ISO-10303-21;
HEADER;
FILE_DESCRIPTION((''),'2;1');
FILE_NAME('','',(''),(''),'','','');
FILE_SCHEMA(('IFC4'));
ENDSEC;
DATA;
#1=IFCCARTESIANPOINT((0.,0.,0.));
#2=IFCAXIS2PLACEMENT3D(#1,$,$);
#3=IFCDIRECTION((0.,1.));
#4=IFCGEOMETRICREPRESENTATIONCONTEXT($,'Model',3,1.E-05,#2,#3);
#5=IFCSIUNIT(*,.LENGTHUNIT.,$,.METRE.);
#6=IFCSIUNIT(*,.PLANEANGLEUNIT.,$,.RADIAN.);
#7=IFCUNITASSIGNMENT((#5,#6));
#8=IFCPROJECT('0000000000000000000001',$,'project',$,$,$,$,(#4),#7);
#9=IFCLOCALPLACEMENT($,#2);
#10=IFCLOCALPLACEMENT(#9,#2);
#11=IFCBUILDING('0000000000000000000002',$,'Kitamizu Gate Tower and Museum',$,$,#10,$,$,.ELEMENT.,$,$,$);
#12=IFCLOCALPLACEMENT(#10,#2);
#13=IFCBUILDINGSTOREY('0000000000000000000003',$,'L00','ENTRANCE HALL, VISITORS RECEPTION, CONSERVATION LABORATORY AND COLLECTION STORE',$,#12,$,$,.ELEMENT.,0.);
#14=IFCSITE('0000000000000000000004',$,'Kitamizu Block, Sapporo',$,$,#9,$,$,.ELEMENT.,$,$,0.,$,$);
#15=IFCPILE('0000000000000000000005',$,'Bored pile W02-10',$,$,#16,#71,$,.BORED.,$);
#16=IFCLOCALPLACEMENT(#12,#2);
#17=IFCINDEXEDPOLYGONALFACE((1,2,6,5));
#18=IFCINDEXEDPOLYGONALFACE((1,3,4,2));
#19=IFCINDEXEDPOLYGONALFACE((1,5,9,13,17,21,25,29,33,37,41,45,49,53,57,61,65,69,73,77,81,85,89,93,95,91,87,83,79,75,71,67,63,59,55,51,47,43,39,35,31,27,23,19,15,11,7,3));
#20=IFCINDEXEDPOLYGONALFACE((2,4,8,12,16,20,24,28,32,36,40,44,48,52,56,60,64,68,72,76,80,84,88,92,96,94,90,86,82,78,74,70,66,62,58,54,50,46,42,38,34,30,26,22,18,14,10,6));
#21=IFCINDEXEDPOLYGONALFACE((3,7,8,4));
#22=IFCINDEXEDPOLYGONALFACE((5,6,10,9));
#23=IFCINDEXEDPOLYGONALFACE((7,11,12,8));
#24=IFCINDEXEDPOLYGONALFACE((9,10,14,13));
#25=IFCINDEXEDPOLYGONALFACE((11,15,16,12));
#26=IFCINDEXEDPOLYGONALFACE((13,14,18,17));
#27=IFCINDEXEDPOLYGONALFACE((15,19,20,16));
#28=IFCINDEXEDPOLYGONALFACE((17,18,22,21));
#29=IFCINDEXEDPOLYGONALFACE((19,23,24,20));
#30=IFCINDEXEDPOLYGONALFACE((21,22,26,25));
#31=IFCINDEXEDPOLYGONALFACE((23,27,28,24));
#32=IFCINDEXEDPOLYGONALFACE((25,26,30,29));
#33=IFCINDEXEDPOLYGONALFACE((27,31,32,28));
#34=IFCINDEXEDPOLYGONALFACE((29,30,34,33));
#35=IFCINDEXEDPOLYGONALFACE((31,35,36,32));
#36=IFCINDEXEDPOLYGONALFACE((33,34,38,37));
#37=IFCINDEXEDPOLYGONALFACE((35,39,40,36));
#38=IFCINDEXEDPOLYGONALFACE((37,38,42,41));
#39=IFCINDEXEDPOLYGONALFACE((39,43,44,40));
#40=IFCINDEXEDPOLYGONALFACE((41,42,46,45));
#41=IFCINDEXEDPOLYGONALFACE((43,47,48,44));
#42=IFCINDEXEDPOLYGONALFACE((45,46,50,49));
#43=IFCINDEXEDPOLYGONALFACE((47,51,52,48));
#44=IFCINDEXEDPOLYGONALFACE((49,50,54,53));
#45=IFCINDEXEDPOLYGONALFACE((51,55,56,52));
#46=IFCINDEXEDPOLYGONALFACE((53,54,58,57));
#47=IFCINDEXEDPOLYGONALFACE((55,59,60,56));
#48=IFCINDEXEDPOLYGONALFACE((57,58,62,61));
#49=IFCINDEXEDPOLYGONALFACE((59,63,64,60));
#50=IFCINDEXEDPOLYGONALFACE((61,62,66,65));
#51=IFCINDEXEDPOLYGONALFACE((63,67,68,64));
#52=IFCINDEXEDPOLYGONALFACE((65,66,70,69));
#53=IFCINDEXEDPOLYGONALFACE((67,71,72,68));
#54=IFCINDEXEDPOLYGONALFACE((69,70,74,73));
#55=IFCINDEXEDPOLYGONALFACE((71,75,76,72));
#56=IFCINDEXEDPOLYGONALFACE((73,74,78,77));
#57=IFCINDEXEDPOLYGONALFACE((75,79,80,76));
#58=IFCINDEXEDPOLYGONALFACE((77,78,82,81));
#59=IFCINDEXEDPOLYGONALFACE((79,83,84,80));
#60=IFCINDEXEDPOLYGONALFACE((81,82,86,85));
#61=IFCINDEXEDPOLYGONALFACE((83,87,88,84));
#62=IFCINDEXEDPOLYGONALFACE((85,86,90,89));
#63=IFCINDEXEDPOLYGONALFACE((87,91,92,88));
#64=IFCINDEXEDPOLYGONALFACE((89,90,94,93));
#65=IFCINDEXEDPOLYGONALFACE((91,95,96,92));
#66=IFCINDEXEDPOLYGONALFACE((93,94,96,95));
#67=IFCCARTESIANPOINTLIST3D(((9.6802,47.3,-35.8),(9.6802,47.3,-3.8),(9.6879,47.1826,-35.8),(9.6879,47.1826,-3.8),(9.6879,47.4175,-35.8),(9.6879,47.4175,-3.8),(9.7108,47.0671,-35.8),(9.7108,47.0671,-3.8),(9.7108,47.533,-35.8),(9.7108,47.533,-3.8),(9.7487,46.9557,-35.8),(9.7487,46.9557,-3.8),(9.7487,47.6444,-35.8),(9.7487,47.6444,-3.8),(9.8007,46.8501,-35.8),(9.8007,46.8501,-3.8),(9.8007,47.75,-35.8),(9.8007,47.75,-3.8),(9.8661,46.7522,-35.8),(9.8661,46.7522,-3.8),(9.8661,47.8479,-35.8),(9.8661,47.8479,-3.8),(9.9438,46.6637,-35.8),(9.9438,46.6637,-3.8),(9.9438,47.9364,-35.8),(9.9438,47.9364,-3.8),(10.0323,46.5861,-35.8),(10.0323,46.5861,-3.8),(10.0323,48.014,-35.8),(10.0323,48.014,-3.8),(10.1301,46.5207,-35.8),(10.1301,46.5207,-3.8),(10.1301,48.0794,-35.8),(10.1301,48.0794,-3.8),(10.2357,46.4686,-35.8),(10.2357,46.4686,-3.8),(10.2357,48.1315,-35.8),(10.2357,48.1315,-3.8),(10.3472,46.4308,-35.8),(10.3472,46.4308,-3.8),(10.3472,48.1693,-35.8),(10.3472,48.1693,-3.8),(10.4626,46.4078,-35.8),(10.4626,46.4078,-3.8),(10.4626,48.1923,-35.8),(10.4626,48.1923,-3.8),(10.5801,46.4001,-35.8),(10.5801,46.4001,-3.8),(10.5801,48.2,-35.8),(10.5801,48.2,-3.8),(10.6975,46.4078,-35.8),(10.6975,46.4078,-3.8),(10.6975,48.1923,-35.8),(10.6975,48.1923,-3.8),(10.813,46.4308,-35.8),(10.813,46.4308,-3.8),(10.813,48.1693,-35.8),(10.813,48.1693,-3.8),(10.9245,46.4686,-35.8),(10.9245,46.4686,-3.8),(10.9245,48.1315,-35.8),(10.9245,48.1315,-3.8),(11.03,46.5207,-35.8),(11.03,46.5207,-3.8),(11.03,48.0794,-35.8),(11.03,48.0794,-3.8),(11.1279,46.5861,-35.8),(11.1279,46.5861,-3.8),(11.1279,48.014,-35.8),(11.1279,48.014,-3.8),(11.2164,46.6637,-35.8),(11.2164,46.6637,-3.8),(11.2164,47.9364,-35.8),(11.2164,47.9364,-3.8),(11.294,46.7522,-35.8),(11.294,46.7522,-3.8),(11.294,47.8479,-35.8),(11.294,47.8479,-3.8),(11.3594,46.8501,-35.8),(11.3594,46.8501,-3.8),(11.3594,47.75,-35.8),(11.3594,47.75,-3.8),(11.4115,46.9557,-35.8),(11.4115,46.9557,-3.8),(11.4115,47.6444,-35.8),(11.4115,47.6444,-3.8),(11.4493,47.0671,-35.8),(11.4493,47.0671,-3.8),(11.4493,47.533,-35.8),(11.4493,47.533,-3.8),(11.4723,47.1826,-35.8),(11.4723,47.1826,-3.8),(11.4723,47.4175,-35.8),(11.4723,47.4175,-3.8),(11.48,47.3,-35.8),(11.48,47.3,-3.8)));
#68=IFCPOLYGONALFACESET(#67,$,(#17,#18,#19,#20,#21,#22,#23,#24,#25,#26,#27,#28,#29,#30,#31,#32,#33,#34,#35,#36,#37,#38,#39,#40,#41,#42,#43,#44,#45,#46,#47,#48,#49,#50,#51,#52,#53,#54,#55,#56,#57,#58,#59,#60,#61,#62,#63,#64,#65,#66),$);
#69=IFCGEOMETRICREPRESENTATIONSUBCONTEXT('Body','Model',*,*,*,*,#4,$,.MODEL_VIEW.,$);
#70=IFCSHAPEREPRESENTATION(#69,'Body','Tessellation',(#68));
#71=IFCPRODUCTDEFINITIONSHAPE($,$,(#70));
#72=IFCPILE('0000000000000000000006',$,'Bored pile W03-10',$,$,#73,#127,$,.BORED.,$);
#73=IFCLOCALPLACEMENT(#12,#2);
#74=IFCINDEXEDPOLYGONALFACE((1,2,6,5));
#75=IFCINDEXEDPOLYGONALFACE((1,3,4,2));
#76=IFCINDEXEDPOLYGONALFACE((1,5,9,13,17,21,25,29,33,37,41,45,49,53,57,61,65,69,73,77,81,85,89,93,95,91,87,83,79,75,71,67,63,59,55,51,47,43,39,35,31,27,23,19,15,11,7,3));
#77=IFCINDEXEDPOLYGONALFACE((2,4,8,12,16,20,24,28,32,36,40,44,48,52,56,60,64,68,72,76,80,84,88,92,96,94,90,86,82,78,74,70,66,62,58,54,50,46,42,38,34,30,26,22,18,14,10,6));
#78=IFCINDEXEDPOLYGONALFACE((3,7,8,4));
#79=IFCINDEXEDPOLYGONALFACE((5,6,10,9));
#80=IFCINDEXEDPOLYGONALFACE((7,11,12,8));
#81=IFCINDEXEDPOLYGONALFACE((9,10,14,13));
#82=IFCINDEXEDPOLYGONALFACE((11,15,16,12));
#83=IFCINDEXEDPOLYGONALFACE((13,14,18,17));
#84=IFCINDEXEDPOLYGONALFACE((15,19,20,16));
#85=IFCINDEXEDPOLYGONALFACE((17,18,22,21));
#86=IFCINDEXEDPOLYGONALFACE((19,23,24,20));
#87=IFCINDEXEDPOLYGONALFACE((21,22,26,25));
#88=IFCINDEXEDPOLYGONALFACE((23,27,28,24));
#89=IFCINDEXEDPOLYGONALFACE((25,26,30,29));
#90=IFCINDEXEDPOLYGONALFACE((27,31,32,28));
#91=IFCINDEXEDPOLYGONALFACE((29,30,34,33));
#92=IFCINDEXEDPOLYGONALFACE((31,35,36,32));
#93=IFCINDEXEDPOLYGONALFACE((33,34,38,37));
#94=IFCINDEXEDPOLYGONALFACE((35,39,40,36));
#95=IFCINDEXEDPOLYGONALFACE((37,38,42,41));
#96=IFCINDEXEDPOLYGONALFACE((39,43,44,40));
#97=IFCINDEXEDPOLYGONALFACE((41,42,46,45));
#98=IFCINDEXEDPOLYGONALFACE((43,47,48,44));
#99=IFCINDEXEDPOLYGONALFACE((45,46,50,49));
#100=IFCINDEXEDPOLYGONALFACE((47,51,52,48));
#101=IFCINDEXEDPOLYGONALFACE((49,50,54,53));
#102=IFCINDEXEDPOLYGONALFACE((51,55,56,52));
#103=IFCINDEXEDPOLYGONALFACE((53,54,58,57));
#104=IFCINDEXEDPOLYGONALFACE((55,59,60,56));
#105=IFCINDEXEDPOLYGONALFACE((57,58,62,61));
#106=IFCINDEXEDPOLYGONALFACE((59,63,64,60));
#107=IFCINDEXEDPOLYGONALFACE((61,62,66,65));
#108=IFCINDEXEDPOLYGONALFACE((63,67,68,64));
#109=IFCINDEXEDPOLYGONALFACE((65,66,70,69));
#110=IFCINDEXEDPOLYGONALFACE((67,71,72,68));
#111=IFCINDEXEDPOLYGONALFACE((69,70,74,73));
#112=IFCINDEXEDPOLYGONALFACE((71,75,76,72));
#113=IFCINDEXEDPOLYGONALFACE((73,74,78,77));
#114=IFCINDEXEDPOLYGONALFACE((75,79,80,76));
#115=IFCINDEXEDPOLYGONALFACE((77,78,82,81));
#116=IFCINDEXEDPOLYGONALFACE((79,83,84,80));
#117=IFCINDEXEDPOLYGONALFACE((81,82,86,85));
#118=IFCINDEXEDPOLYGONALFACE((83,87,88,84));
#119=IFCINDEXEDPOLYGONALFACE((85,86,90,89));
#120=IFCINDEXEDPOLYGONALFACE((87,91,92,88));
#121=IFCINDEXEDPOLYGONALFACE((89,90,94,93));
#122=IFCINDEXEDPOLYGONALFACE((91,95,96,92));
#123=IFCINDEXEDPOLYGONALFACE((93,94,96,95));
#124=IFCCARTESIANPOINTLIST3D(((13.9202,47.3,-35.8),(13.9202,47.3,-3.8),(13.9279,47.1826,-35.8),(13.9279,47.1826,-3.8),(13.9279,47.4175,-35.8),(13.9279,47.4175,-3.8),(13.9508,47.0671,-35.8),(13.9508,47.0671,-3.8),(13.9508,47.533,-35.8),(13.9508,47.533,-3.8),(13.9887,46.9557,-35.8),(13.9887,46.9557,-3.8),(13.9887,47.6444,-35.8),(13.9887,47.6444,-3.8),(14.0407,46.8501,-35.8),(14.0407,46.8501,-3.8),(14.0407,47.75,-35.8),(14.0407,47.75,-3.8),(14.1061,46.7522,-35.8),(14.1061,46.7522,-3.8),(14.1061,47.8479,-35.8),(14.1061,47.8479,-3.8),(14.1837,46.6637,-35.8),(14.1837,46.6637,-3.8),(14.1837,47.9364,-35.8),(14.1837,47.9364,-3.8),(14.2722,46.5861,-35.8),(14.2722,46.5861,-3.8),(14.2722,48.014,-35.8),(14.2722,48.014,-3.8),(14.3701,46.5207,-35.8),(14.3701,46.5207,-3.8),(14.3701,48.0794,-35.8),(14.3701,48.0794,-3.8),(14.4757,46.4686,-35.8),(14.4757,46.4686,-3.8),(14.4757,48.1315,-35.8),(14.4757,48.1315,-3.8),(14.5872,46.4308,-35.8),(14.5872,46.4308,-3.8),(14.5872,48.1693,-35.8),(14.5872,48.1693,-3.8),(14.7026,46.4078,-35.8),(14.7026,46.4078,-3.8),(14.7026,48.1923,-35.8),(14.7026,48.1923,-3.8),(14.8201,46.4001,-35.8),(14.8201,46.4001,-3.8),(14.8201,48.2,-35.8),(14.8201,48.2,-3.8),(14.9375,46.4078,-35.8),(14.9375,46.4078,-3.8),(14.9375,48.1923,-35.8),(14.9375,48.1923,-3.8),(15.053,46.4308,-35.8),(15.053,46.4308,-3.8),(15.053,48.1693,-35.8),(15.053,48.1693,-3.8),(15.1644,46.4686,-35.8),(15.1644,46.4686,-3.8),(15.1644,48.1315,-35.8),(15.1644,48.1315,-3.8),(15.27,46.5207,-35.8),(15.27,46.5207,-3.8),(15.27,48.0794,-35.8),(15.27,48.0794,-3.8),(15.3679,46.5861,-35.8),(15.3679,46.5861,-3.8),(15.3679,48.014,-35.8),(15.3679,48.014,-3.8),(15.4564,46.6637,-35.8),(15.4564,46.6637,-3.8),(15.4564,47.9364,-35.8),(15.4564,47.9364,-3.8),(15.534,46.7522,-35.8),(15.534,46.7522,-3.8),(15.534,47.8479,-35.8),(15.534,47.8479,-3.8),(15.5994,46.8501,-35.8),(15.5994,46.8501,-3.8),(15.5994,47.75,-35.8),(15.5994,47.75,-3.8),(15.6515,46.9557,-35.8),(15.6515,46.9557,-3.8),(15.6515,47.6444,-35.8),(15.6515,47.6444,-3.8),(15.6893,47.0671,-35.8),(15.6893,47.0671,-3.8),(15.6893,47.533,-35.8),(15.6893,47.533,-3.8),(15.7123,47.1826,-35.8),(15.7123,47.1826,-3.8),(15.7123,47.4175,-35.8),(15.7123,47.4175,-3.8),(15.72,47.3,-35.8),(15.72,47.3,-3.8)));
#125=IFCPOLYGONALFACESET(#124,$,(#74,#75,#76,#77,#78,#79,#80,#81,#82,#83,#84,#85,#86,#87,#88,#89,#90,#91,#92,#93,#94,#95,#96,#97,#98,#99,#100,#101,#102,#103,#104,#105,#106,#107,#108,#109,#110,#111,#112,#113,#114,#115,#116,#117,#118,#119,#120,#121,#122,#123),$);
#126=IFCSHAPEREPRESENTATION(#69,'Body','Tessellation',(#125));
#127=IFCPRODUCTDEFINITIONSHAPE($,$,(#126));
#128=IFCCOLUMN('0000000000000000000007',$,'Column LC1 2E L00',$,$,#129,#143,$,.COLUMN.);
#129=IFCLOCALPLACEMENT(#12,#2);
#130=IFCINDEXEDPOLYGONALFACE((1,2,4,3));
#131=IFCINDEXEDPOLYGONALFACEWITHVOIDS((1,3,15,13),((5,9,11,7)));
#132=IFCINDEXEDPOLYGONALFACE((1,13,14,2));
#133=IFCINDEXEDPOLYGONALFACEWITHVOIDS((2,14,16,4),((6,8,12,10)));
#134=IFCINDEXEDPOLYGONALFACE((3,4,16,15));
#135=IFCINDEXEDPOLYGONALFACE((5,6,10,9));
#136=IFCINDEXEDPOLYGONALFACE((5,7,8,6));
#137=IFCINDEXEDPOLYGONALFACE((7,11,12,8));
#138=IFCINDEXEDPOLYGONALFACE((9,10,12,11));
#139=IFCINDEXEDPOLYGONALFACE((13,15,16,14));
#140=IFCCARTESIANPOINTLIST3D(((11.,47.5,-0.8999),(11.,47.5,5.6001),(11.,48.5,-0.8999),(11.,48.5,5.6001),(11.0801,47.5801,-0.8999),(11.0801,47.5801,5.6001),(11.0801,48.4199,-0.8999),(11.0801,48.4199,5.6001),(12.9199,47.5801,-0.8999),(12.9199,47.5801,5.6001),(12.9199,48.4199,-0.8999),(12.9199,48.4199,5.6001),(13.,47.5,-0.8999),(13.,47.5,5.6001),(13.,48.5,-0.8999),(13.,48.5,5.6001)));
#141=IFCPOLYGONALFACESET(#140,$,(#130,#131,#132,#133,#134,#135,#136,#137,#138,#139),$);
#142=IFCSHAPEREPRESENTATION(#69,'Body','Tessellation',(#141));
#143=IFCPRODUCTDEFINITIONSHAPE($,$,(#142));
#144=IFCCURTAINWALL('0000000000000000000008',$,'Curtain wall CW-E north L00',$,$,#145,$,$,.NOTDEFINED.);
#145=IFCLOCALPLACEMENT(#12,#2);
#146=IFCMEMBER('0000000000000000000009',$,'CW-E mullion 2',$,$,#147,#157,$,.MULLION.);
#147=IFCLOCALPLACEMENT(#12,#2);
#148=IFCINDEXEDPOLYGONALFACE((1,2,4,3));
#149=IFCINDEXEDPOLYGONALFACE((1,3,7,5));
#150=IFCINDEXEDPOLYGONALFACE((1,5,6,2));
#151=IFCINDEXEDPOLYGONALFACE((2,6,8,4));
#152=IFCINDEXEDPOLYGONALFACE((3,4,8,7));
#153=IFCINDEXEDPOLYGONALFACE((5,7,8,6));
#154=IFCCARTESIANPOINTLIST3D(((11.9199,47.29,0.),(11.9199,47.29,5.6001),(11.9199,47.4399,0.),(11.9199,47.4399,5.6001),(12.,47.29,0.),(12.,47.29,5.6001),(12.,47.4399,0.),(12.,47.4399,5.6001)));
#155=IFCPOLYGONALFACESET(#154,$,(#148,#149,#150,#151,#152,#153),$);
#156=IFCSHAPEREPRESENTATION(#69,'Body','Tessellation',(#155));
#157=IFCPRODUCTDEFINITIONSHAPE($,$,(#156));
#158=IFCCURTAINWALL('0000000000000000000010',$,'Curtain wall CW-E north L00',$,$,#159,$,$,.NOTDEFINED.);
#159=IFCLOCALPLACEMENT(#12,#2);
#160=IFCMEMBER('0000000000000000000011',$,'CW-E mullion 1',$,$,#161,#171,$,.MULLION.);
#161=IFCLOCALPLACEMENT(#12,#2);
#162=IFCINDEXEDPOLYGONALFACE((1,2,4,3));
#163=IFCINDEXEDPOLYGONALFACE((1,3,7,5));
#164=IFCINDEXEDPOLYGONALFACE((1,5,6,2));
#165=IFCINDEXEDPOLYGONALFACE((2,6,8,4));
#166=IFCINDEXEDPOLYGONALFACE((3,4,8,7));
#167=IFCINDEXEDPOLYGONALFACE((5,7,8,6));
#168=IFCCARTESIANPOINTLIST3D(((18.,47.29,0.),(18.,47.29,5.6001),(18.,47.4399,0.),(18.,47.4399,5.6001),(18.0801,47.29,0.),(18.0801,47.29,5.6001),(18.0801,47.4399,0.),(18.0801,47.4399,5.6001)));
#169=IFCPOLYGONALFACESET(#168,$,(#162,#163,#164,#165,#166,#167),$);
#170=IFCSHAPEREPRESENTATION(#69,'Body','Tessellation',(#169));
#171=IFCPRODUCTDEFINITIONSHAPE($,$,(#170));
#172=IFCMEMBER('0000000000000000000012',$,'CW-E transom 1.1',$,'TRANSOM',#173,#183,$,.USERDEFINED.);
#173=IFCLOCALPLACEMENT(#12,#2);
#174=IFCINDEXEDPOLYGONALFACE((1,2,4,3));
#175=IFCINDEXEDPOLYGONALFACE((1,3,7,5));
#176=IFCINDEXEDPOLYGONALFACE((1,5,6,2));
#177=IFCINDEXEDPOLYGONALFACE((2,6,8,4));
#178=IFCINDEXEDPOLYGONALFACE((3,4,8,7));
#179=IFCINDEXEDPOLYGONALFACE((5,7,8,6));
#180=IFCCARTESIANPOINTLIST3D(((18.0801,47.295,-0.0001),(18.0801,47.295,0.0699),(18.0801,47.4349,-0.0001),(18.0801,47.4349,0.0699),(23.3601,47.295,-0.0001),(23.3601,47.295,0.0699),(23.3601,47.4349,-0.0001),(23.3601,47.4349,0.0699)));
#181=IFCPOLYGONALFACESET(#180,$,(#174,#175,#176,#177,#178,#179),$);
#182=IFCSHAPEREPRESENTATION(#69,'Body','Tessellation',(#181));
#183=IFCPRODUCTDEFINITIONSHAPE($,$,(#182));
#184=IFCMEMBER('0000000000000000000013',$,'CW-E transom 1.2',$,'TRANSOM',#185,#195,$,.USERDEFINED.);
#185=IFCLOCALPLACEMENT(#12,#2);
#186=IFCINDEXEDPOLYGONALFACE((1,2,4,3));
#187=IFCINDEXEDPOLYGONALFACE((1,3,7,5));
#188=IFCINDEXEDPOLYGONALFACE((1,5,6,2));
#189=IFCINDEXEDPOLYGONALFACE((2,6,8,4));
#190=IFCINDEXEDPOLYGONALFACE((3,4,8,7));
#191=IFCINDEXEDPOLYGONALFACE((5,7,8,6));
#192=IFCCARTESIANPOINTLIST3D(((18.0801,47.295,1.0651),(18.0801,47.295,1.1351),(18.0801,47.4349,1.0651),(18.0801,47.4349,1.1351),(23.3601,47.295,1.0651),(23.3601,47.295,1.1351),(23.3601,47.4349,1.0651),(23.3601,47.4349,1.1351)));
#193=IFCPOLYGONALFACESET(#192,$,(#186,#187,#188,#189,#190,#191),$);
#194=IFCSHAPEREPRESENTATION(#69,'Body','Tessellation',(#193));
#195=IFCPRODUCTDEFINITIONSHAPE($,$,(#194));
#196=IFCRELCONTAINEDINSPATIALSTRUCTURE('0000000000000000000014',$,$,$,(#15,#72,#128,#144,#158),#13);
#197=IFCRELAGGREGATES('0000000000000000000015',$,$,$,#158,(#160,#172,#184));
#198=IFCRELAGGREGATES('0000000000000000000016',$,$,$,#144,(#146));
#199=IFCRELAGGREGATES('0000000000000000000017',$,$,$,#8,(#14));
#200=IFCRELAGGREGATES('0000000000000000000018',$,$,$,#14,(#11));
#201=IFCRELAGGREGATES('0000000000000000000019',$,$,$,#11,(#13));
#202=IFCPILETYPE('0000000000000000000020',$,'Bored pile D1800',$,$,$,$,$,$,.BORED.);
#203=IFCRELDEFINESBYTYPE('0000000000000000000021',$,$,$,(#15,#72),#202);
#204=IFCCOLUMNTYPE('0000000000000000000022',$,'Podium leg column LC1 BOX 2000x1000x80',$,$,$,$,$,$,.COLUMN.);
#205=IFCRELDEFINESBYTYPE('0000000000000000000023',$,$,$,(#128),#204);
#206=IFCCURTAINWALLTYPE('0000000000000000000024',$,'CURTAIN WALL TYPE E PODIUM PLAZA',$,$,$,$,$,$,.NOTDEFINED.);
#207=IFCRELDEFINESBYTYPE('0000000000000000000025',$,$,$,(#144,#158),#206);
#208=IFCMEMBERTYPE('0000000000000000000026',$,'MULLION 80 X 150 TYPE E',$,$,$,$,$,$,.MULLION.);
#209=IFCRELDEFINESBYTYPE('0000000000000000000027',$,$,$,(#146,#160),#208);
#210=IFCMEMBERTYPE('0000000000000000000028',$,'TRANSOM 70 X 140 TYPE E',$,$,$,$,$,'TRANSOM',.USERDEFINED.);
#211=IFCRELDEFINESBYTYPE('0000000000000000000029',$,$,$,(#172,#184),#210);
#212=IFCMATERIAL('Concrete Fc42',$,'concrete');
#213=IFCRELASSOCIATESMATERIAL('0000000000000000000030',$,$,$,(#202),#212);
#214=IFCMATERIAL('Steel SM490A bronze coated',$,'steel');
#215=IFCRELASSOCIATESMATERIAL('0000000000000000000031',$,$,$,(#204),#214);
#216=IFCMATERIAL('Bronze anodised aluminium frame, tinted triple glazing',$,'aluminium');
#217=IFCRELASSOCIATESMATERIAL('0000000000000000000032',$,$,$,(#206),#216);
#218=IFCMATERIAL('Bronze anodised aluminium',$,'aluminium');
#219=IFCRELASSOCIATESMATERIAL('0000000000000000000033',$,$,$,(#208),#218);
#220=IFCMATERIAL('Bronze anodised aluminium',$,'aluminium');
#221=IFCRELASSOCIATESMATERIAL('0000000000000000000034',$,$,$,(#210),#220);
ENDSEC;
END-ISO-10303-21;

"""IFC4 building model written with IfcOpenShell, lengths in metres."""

from ifc_helpers import new_model, si_unit, direction, frame, origin, origin_2d, place, context, subcontext, project, spatial, rectangle, hollow_rectangle, circle, extrude, material, material_profile, profile_set, type_object, element, aggregate, save


model = new_model("IFC4")

# Units and contexts
model_context = context("Model", 3, precision=1e-05, world=origin(), true_north=direction((0.0, 1.0)))
body_context = subcontext(model_context, "Body", "Model", "MODEL_VIEW")
ifc_project = project(units=[si_unit("LENGTHUNIT", "METRE"), si_unit("PLANEANGLEUNIT", "RADIAN")], contexts=[model_context])

# Site, building, storey
site_placement = place(None, origin())
site = spatial("IfcSite", under=ifc_project, at=site_placement, Name="Kitamizu Block, Sapporo", CompositionType="ELEMENT", RefElevation=0.0)
building_placement = place(site_placement, origin())
building = spatial("IfcBuilding", under=site, at=building_placement, Name="Kitamizu Gate Tower and Museum", CompositionType="ELEMENT")
storey_placement = place(building_placement, origin())
storey = spatial("IfcBuildingStorey", under=building, at=storey_placement, Name="L00", Description="ENTRANCE HALL, VISITORS RECEPTION, CONSERVATION LABORATORY AND COLLECTION STORE", CompositionType="ELEMENT", Elevation=0.0)

# Piles
ifc_material_1 = material(Name="Concrete Fc42", Category="concrete")
ifc_material_profile_1 = material_profile(ifc_material_1, circle(Radius=0.8999, at=origin_2d()), Name="Bored pile D1800")
ifc_profile_set_1 = profile_set([ifc_material_profile_1], Name="Concrete Fc42")
pile_type = type_object("IfcPileType", Name="Bored pile D1800", PredefinedType="BORED", material=ifc_profile_set_1)
for number, where, z_axis, x_axis, name in (
    (1, (10.5801, 47.3, -3.8), (0.0, 0.0, -1.0), (1.0, 0.0, 0.0), "Bored pile W02-10"),
    (2, (14.8201, 47.3, -3.8), (0.0, 0.0, -1.0), (1.0, 0.0, 0.0), "Bored pile W03-10"),
):
    element("IfcPile", number, at=place(storey_placement, frame(where, z_axis=z_axis, x_axis=x_axis)), inside=storey, type_object=pile_type, Name=name, PredefinedType="BORED", context=body_context, shape_type="SweptSolid", body=[
        extrude(circle(Radius=0.8999, at=origin_2d()), origin(), (0.0, 0.0, 1.0), 32.0),
    ])

# Column
ifc_material_2 = material(Name="Steel SM490A bronze coated", Category="steel")
ifc_material_profile_2 = material_profile(ifc_material_2, hollow_rectangle(XDim=2.0, YDim=1.0, WallThickness=0.0801, at=origin_2d()), Name="BOX 2000x1000x80")
ifc_profile_set_2 = profile_set([ifc_material_profile_2], Name="Steel SM490A bronze coated")
column_type = type_object("IfcColumnType", Name="Podium leg column LC1 BOX 2000x1000x80", PredefinedType="COLUMN", material=ifc_profile_set_2)
column_placement = place(storey_placement, frame((12.0, 48.0, -0.8999), z_axis=(0.0, 0.0, 1.0), x_axis=(1.0, 0.0, 0.0)))
element("IfcColumn", 3, at=column_placement, inside=storey, type_object=column_type, Name="Column LC1 2E L00", PredefinedType="COLUMN", context=body_context, shape_type="SweptSolid", body=[
    extrude(hollow_rectangle(XDim=2.0, YDim=1.0, WallThickness=0.0801, at=origin_2d()), origin(), (0.0, 0.0, 1.0), 6.5),
])

# Curtain wall, member
ifc_material_3 = material(Name="Bronze anodised aluminium frame, tinted triple glazing", Category="aluminium")
curtain_wall_type = type_object("IfcCurtainWallType", Name="CURTAIN WALL TYPE E PODIUM PLAZA", PredefinedType="NOTDEFINED", material=ifc_material_3)
curtain_wall_1_placement = place(storey_placement, origin())
curtain_wall_1 = element("IfcCurtainWall", 4, at=curtain_wall_1_placement, inside=storey, type_object=curtain_wall_type, Name="Curtain wall CW-E north L00", PredefinedType="NOTDEFINED")
ifc_material_4 = material(Name="Bronze anodised aluminium", Category="aluminium")
ifc_material_profile_3 = material_profile(ifc_material_4, rectangle(XDim=0.0801, YDim=0.1499, at=origin_2d()), Name="AL 80X150")
ifc_profile_set_3 = profile_set([ifc_material_profile_3], Name="Bronze anodised aluminium")
member_type_1 = type_object("IfcMemberType", Name="MULLION 80 X 150 TYPE E", PredefinedType="MULLION", material=ifc_profile_set_3)
member_1_placement = place(storey_placement, frame((11.96, 47.365, 0.0), z_axis=(0.0, 0.0, 1.0), x_axis=(1.0, 0.0, 0.0)))
member_1 = element("IfcMember", 5, at=member_1_placement, type_object=member_type_1, Name="CW-E mullion 2", PredefinedType="MULLION", context=body_context, shape_type="SweptSolid", body=[
    extrude(rectangle(XDim=0.0801, YDim=0.1499, at=origin_2d()), origin(), (0.0, 0.0, 1.0), 5.6001),
])

# Curtain wall, members
curtain_wall_2_placement = place(storey_placement, origin())
curtain_wall_2 = element("IfcCurtainWall", 6, at=curtain_wall_2_placement, inside=storey, type_object=curtain_wall_type, Name="Curtain wall CW-E north L00", PredefinedType="NOTDEFINED")
member_2_placement = place(storey_placement, frame((18.04, 47.365, 0.0), z_axis=(0.0, 0.0, 1.0), x_axis=(1.0, 0.0, 0.0)))
member_2 = element("IfcMember", 7, at=member_2_placement, type_object=member_type_1, Name="CW-E mullion 1", PredefinedType="MULLION", context=body_context, shape_type="SweptSolid", body=[
    extrude(rectangle(XDim=0.0801, YDim=0.1499, at=origin_2d()), origin(), (0.0, 0.0, 1.0), 5.6001),
])
ifc_material_5 = material(Name="Bronze anodised aluminium", Category="aluminium")
ifc_material_profile_4 = material_profile(ifc_material_5, rectangle(XDim=0.1399, YDim=0.0701, at=origin_2d()), Name="AL 70X140")
ifc_profile_set_4 = profile_set([ifc_material_profile_4], Name="Bronze anodised aluminium")
member_type_2 = type_object("IfcMemberType", Name="TRANSOM 70 X 140 TYPE E", ElementType="TRANSOM", PredefinedType="USERDEFINED", material=ifc_profile_set_4)
member_3_placement = place(storey_placement, frame((18.0801, 47.365, 0.0349), z_axis=(1.0, 0.0, 0.0), x_axis=(0.0, 1.0, 0.0)))
member_3 = element("IfcMember", 8, at=member_3_placement, type_object=member_type_2, Name="CW-E transom 1.1", ObjectType="TRANSOM", PredefinedType="USERDEFINED", context=body_context, shape_type="SweptSolid", body=[
    extrude(rectangle(XDim=0.1399, YDim=0.0701, at=origin_2d()), origin(), (0.0, 0.0, 1.0), 5.28),
])
member_4_placement = place(storey_placement, frame((18.0801, 47.365, 1.1001), z_axis=(1.0, 0.0, 0.0), x_axis=(0.0, 1.0, 0.0)))
member_4 = element("IfcMember", 9, at=member_4_placement, type_object=member_type_2, Name="CW-E transom 1.2", ObjectType="TRANSOM", PredefinedType="USERDEFINED", context=body_context, shape_type="SweptSolid", body=[
    extrude(rectangle(XDim=0.1399, YDim=0.0701, at=origin_2d()), origin(), (0.0, 0.0, 1.0), 5.28),
])
aggregate(curtain_wall_2, [member_2, member_3, member_4])

aggregate(curtain_wall_1, [member_1])

save(model, "model.ifc")
